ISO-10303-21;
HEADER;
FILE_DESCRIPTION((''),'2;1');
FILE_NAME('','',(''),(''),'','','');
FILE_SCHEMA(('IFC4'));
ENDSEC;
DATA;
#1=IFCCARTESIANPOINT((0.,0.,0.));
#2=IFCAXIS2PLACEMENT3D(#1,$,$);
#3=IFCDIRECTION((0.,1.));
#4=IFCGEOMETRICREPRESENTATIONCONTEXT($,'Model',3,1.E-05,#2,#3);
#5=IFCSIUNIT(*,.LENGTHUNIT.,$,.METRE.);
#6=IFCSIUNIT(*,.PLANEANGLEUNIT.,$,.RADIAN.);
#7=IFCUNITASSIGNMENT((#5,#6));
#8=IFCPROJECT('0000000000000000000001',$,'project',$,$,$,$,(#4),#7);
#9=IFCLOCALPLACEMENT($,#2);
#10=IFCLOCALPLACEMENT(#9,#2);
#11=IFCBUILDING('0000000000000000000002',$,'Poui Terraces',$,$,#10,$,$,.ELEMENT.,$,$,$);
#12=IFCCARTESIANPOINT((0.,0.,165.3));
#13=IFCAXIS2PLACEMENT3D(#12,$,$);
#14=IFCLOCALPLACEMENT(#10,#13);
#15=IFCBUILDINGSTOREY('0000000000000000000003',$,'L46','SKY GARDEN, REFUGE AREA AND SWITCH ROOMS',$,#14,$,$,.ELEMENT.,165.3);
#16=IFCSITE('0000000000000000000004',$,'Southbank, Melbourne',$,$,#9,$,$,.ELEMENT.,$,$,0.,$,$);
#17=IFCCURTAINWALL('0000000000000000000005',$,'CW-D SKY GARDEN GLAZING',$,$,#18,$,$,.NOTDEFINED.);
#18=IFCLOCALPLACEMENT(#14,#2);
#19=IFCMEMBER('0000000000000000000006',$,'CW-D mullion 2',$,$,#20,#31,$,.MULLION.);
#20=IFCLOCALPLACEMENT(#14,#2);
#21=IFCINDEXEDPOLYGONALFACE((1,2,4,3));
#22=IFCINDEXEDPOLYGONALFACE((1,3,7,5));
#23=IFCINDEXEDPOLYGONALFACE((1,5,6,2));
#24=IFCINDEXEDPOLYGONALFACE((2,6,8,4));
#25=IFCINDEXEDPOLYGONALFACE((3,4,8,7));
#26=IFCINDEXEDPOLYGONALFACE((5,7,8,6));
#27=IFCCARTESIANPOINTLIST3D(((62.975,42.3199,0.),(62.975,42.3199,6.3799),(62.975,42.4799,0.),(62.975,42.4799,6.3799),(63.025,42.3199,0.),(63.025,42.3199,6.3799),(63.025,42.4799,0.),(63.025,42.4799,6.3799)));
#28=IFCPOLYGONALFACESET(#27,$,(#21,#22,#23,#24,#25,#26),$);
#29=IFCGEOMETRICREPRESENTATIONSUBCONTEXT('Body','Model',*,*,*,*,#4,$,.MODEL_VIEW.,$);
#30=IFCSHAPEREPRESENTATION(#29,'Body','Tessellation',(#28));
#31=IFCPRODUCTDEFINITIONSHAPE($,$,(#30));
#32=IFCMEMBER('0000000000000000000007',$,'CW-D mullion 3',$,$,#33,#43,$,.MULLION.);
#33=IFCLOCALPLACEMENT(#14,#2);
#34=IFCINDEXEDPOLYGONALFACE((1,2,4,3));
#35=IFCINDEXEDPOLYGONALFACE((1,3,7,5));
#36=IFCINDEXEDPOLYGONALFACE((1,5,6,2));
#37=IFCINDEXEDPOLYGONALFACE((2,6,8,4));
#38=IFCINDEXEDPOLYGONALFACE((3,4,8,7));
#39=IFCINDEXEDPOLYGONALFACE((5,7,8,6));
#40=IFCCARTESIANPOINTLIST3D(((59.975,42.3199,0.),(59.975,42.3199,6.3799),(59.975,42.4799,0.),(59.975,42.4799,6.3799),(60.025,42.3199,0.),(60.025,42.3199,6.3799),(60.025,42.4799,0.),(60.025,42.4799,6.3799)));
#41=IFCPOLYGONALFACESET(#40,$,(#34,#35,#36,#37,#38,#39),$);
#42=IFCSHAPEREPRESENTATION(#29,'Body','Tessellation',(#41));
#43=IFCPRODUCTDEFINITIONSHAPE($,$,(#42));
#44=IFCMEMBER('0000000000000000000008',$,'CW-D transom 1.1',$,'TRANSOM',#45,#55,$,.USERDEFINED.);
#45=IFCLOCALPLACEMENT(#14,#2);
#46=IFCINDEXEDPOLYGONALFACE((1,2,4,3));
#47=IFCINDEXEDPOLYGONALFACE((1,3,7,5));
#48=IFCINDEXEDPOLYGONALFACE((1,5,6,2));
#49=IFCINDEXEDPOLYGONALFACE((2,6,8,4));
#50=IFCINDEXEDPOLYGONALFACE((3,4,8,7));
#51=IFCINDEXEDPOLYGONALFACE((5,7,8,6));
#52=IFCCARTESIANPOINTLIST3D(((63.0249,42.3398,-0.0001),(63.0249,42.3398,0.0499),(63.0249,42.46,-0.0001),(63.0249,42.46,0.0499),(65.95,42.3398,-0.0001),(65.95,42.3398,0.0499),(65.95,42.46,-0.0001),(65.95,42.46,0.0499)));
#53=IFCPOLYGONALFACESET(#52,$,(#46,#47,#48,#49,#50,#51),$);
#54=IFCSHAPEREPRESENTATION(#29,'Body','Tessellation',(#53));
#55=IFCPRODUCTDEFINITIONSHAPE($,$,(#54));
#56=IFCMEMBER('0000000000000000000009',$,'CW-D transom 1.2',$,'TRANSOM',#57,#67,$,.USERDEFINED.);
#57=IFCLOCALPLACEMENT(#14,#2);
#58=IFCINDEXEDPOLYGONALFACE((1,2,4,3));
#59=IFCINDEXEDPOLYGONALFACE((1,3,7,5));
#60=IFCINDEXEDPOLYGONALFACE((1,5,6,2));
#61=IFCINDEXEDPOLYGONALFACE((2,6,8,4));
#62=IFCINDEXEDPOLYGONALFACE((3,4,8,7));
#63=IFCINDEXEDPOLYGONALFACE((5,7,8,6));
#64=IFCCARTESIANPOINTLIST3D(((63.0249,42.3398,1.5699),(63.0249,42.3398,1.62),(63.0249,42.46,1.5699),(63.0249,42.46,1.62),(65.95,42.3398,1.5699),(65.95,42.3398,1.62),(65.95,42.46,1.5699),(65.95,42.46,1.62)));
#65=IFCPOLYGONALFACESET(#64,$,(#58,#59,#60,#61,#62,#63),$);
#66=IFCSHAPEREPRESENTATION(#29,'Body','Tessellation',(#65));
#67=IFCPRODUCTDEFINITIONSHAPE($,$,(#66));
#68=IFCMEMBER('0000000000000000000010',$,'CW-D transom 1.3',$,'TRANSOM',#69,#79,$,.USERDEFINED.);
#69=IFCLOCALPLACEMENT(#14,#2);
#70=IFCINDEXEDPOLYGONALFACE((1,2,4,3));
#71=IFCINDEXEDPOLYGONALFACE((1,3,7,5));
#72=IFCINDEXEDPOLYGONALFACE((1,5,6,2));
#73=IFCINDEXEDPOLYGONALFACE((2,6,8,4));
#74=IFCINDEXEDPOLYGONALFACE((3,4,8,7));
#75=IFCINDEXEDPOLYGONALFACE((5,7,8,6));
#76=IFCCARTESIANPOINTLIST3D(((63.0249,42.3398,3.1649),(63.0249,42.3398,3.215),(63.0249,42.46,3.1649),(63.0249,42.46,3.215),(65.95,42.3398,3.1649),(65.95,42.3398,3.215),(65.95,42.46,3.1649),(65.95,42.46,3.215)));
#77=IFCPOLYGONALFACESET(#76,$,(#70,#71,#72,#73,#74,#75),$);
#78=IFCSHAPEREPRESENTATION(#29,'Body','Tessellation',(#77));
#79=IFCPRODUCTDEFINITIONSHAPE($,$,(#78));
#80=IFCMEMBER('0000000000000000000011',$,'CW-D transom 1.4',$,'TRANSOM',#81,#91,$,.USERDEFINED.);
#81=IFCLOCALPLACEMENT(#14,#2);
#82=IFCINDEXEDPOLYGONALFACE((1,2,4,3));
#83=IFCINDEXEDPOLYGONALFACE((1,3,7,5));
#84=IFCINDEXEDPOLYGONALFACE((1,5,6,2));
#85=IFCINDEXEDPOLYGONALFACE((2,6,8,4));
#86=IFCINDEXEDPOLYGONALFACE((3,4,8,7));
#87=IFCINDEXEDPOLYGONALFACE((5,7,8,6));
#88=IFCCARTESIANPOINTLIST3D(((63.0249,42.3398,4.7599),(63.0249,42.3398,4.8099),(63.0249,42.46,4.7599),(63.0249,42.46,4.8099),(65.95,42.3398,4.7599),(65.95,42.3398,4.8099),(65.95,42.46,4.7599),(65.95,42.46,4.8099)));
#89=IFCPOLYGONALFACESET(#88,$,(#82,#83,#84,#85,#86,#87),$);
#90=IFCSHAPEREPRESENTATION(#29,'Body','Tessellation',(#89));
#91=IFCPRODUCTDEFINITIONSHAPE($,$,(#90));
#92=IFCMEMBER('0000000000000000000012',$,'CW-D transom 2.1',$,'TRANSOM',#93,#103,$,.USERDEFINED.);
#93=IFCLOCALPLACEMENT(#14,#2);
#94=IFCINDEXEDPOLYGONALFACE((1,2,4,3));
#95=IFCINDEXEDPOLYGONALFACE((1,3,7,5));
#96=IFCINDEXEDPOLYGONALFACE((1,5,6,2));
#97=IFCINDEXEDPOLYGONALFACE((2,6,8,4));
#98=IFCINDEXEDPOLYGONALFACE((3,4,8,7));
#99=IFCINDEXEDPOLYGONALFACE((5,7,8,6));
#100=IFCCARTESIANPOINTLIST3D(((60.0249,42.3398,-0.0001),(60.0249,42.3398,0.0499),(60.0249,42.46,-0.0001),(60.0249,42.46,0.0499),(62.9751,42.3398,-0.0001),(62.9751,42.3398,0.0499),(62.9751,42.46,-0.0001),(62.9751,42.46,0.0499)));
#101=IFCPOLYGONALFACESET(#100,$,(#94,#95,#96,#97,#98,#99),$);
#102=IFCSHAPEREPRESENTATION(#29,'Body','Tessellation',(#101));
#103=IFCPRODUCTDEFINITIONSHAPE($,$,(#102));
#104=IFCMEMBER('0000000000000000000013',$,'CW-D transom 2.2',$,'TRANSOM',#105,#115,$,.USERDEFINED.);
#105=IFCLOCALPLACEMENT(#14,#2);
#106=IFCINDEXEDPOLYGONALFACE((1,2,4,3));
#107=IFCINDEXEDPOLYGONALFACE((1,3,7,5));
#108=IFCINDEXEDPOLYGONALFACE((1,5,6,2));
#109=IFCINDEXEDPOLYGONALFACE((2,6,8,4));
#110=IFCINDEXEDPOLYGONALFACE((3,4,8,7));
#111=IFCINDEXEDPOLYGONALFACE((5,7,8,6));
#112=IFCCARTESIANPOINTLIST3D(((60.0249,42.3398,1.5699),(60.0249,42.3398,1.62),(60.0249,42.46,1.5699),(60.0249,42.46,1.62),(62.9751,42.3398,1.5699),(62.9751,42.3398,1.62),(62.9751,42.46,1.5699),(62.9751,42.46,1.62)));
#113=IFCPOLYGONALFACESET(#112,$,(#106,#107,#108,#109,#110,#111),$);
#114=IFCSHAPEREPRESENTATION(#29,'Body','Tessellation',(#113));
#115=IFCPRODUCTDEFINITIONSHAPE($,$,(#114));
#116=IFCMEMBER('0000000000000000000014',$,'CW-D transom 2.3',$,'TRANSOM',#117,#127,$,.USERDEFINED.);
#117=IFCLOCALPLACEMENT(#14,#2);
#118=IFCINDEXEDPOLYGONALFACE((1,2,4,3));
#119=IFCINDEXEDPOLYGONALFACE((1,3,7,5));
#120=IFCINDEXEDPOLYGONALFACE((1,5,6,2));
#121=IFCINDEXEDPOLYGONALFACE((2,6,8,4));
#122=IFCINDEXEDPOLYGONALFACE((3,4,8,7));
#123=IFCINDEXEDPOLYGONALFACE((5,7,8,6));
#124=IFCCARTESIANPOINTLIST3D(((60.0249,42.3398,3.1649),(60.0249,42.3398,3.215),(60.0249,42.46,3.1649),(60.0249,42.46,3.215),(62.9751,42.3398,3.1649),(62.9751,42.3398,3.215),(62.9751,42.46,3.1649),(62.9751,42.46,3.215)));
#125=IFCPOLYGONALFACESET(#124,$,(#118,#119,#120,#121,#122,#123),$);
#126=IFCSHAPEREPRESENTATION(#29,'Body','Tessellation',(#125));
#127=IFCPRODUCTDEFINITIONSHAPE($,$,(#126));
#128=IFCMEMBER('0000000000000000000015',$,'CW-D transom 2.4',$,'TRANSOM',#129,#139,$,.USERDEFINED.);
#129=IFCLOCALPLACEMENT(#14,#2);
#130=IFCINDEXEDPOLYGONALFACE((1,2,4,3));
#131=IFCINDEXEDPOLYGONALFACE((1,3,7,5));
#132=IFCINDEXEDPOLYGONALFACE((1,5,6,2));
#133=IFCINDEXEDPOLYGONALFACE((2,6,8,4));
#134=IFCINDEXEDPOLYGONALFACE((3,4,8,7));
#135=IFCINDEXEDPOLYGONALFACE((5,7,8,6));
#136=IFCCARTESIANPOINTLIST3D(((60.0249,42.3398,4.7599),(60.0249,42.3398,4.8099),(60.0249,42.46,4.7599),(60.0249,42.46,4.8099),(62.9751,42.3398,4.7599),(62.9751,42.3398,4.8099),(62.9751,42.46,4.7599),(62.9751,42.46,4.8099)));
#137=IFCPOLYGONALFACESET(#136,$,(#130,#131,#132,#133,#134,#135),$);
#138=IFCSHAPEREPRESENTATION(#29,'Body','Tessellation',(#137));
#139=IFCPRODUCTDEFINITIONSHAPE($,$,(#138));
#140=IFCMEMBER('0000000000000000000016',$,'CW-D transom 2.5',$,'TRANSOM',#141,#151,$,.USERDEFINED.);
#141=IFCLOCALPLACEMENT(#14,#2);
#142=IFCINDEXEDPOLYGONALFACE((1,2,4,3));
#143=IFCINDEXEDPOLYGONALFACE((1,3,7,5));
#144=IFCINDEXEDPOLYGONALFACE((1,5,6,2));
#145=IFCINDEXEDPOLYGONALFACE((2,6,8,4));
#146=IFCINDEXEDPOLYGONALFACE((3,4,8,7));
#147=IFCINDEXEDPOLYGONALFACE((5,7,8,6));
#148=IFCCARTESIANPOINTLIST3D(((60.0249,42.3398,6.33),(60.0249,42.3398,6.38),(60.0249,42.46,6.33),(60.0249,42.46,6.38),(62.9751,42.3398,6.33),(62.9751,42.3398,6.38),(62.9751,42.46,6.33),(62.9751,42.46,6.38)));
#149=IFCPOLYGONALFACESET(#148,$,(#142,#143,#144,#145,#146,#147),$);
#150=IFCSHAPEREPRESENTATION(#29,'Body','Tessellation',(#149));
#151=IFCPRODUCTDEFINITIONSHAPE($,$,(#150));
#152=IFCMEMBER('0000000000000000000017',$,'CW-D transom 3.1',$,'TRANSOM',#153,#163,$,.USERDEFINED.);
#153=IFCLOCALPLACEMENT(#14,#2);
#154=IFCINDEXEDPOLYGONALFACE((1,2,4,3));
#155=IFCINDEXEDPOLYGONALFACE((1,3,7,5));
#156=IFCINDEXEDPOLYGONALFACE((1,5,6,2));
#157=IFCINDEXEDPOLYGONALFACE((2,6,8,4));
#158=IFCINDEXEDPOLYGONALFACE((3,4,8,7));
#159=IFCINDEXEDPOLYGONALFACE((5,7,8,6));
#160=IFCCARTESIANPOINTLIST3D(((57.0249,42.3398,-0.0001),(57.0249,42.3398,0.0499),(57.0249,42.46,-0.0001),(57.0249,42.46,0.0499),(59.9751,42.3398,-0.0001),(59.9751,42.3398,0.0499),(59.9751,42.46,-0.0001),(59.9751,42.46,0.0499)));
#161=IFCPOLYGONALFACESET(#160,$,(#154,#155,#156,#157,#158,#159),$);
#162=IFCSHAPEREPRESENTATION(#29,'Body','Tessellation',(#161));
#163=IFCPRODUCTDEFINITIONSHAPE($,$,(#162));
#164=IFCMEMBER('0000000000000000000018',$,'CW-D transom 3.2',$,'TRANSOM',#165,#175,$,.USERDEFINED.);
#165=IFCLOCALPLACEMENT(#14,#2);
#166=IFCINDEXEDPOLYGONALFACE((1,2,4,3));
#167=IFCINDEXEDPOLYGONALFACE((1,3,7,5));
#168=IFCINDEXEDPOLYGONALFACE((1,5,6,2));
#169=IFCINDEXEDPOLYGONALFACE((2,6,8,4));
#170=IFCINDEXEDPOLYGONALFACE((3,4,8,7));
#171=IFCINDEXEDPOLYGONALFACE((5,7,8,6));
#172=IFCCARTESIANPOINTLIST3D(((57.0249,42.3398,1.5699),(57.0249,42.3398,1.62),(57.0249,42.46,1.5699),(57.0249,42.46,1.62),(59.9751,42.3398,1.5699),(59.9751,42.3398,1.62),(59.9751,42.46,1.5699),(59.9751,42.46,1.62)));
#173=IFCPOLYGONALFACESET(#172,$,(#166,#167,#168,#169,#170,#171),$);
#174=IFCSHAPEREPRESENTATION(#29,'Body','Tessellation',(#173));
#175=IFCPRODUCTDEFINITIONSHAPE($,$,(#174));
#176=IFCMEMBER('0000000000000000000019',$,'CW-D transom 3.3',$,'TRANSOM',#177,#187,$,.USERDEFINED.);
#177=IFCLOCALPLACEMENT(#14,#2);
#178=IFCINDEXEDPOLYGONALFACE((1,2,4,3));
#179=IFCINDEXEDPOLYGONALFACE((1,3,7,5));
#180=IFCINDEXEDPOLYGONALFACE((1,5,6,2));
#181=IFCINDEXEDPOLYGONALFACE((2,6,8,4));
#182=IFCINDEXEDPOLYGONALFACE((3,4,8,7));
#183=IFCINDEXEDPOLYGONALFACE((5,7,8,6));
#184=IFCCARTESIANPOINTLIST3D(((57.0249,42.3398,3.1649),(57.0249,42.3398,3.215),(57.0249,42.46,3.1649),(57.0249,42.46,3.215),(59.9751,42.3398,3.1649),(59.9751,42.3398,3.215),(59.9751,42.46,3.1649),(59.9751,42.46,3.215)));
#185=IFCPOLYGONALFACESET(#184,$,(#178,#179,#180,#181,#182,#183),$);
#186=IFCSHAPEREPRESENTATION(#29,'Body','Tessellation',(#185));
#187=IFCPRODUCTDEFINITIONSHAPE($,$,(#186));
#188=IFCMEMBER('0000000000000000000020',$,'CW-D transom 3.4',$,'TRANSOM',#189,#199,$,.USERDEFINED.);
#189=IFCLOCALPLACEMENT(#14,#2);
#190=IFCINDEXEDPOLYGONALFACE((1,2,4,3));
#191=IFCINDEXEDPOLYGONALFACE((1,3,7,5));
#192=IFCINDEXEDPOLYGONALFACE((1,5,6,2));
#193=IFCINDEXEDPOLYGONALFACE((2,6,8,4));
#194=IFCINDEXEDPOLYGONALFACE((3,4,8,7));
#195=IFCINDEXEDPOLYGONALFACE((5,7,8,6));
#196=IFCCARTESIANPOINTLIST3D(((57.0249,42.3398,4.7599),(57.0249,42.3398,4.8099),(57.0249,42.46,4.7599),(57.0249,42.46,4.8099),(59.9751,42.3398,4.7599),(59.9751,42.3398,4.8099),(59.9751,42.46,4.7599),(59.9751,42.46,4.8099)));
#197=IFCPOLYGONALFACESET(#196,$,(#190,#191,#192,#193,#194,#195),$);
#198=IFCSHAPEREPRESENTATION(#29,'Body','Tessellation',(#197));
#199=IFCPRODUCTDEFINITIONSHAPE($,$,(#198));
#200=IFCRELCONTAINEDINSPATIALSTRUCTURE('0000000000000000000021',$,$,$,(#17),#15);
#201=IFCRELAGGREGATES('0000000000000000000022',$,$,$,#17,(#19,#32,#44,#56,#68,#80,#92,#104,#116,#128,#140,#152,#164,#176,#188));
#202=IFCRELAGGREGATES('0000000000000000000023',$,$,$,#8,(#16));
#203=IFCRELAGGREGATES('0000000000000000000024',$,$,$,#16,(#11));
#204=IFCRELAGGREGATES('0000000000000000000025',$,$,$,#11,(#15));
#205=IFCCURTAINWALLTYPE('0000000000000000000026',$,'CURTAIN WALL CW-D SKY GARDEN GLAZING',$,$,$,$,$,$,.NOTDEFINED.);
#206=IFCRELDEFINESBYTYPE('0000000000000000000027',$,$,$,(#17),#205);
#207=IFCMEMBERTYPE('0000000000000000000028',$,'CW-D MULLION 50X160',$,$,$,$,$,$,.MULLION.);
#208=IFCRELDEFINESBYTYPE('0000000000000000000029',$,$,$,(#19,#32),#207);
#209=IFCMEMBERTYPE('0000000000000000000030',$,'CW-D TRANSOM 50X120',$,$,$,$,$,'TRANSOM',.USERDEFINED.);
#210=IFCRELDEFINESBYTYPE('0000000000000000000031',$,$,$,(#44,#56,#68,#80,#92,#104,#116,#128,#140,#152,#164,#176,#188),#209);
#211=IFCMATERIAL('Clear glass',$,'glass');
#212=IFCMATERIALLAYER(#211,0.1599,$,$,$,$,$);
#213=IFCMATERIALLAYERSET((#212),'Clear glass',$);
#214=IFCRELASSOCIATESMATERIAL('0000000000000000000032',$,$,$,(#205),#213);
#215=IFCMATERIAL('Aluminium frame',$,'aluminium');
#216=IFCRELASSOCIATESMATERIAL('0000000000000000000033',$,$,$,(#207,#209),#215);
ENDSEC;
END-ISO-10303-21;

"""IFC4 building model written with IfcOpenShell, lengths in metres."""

from ifc_helpers import new_model, si_unit, direction, frame, origin, origin_2d, place, context, subcontext, project, spatial, rectangle, extrude, material, layer, layer_set, material_profile, profile_set, type_object, element, aggregate, save


model = new_model("IFC4")

# Units and contexts
model_context = context("Model", 3, precision=1e-05, world=origin(), true_north=direction((0.0, 1.0)))
body_context = subcontext(model_context, "Body", "Model", "MODEL_VIEW")
ifc_project = project(units=[si_unit("LENGTHUNIT", "METRE"), si_unit("PLANEANGLEUNIT", "RADIAN")], contexts=[model_context])

# Site, building, storey
site_placement = place(None, origin())
site = spatial("IfcSite", under=ifc_project, at=site_placement, Name="Southbank, Melbourne", CompositionType="ELEMENT", RefElevation=0.0)
building_placement = place(site_placement, origin())
building = spatial("IfcBuilding", under=site, at=building_placement, Name="Poui Terraces", CompositionType="ELEMENT")
storey_placement = place(building_placement, frame((0.0, 0.0, 165.3)))
storey = spatial("IfcBuildingStorey", under=building, at=storey_placement, Name="L46", Description="SKY GARDEN, REFUGE AREA AND SWITCH ROOMS", CompositionType="ELEMENT", Elevation=165.3)

# Curtain wall, members
ifc_material_1 = material(Name="Clear glass", Category="glass")
ifc_layer_1 = layer(ifc_material_1, 0.1599)
ifc_layer_set_1 = layer_set([ifc_layer_1], Name="Clear glass")
curtain_wall_type = type_object("IfcCurtainWallType", Name="CURTAIN WALL CW-D SKY GARDEN GLAZING", PredefinedType="NOTDEFINED", material=ifc_layer_set_1)
curtain_wall_placement = place(storey_placement, origin())
curtain_wall = element("IfcCurtainWall", 1, at=curtain_wall_placement, inside=storey, type_object=curtain_wall_type, Name="CW-D SKY GARDEN GLAZING", PredefinedType="NOTDEFINED")
ifc_material_2 = material(Name="Aluminium frame", Category="aluminium")
ifc_material_profile_1 = material_profile(ifc_material_2, rectangle(XDim=0.1599, YDim=0.05, at=origin_2d()), Name="CW-D MULLION 50X160")
ifc_profile_set_1 = profile_set([ifc_material_profile_1], Name="Aluminium frame")
member_type_1 = type_object("IfcMemberType", Name="CW-D MULLION 50X160", PredefinedType="MULLION", material=ifc_profile_set_1)
member_1_placement = place(storey_placement, frame((63.0, 42.3999, 0.0), z_axis=(0.0, 0.0, 1.0), x_axis=(0.0, -1.0, 0.0)))
member_1 = element("IfcMember", 2, at=member_1_placement, type_object=member_type_1, Name="CW-D mullion 2", PredefinedType="MULLION", context=body_context, shape_type="SweptSolid", body=[
    extrude(rectangle(XDim=0.1599, YDim=0.05, at=origin_2d()), origin(), (0.0, 0.0, 1.0), 6.3799),
])
member_2_placement = place(storey_placement, frame((60.0, 42.3999, 0.0), z_axis=(0.0, 0.0, 1.0), x_axis=(0.0, -1.0, 0.0)))
member_2 = element("IfcMember", 3, at=member_2_placement, type_object=member_type_1, Name="CW-D mullion 3", PredefinedType="MULLION", context=body_context, shape_type="SweptSolid", body=[
    extrude(rectangle(XDim=0.1599, YDim=0.05, at=origin_2d()), origin(), (0.0, 0.0, 1.0), 6.3799),
])
ifc_material_profile_2 = material_profile(ifc_material_2, rectangle(XDim=0.1201, YDim=0.05, at=origin_2d()), Name="CW-D TRANSOM 50X120")
ifc_profile_set_2 = profile_set([ifc_material_profile_2], Name="Aluminium frame")
member_type_2 = type_object("IfcMemberType", Name="CW-D TRANSOM 50X120", ElementType="TRANSOM", PredefinedType="USERDEFINED", material=ifc_profile_set_2)
member_3_placement = place(storey_placement, frame((65.95, 42.3999, 0.0249), z_axis=(-1.0, 0.0, 0.0), x_axis=(0.0, -1.0, 0.0)))
member_3 = element("IfcMember", 4, at=member_3_placement, type_object=member_type_2, Name="CW-D transom 1.1", ObjectType="TRANSOM", PredefinedType="USERDEFINED", context=body_context, shape_type="SweptSolid", body=[
    extrude(rectangle(XDim=0.1201, YDim=0.05, at=origin_2d()), origin(), (0.0, 0.0, 1.0), 2.925),
])
member_4_placement = place(storey_placement, frame((65.95, 42.3999, 1.595), z_axis=(-1.0, 0.0, 0.0), x_axis=(0.0, -1.0, 0.0)))
member_4 = element("IfcMember", 5, at=member_4_placement, type_object=member_type_2, Name="CW-D transom 1.2", ObjectType="TRANSOM", PredefinedType="USERDEFINED", context=body_context, shape_type="SweptSolid", body=[
    extrude(rectangle(XDim=0.1201, YDim=0.05, at=origin_2d()), origin(), (0.0, 0.0, 1.0), 2.925),
])
member_5_placement = place(storey_placement, frame((65.95, 42.3999, 3.1899), z_axis=(-1.0, 0.0, 0.0), x_axis=(0.0, -1.0, 0.0)))
member_5 = element("IfcMember", 6, at=member_5_placement, type_object=member_type_2, Name="CW-D transom 1.3", ObjectType="TRANSOM", PredefinedType="USERDEFINED", context=body_context, shape_type="SweptSolid", body=[
    extrude(rectangle(XDim=0.1201, YDim=0.05, at=origin_2d()), origin(), (0.0, 0.0, 1.0), 2.925),
])
member_6_placement = place(storey_placement, frame((65.95, 42.3999, 4.7849), z_axis=(-1.0, 0.0, 0.0), x_axis=(0.0, -1.0, 0.0)))
member_6 = element("IfcMember", 7, at=member_6_placement, type_object=member_type_2, Name="CW-D transom 1.4", ObjectType="TRANSOM", PredefinedType="USERDEFINED", context=body_context, shape_type="SweptSolid", body=[
    extrude(rectangle(XDim=0.1201, YDim=0.05, at=origin_2d()), origin(), (0.0, 0.0, 1.0), 2.925),
])
member_7_placement = place(storey_placement, frame((62.9751, 42.3999, 0.0249), z_axis=(-1.0, 0.0, 0.0), x_axis=(0.0, -1.0, 0.0)))
member_7 = element("IfcMember", 8, at=member_7_placement, type_object=member_type_2, Name="CW-D transom 2.1", ObjectType="TRANSOM", PredefinedType="USERDEFINED", context=body_context, shape_type="SweptSolid", body=[
    extrude(rectangle(XDim=0.1201, YDim=0.05, at=origin_2d()), origin(), (0.0, 0.0, 1.0), 2.9502),
])
member_8_placement = place(storey_placement, frame((62.9751, 42.3999, 1.595), z_axis=(-1.0, 0.0, 0.0), x_axis=(0.0, -1.0, 0.0)))
member_8 = element("IfcMember", 9, at=member_8_placement, type_object=member_type_2, Name="CW-D transom 2.2", ObjectType="TRANSOM", PredefinedType="USERDEFINED", context=body_context, shape_type="SweptSolid", body=[
    extrude(rectangle(XDim=0.1201, YDim=0.05, at=origin_2d()), origin(), (0.0, 0.0, 1.0), 2.9502),
])
member_9_placement = place(storey_placement, frame((62.9751, 42.3999, 3.1899), z_axis=(-1.0, 0.0, 0.0), x_axis=(0.0, -1.0, 0.0)))
member_9 = element("IfcMember", 10, at=member_9_placement, type_object=member_type_2, Name="CW-D transom 2.3", ObjectType="TRANSOM", PredefinedType="USERDEFINED", context=body_context, shape_type="SweptSolid", body=[
    extrude(rectangle(XDim=0.1201, YDim=0.05, at=origin_2d()), origin(), (0.0, 0.0, 1.0), 2.9502),
])
member_10_placement = place(storey_placement, frame((62.9751, 42.3999, 4.7849), z_axis=(-1.0, 0.0, 0.0), x_axis=(0.0, -1.0, 0.0)))
member_10 = element("IfcMember", 11, at=member_10_placement, type_object=member_type_2, Name="CW-D transom 2.4", ObjectType="TRANSOM", PredefinedType="USERDEFINED", context=body_context, shape_type="SweptSolid", body=[
    extrude(rectangle(XDim=0.1201, YDim=0.05, at=origin_2d()), origin(), (0.0, 0.0, 1.0), 2.9502),
])
member_11_placement = place(storey_placement, frame((62.9751, 42.3999, 6.355), z_axis=(-1.0, 0.0, 0.0), x_axis=(0.0, -1.0, 0.0)))
member_11 = element("IfcMember", 12, at=member_11_placement, type_object=member_type_2, Name="CW-D transom 2.5", ObjectType="TRANSOM", PredefinedType="USERDEFINED", context=body_context, shape_type="SweptSolid", body=[
    extrude(rectangle(XDim=0.1201, YDim=0.05, at=origin_2d()), origin(), (0.0, 0.0, 1.0), 2.9502),
])
member_12_placement = place(storey_placement, frame((59.9751, 42.3999, 0.0249), z_axis=(-1.0, 0.0, 0.0), x_axis=(0.0, -1.0, 0.0)))
member_12 = element("IfcMember", 13, at=member_12_placement, type_object=member_type_2, Name="CW-D transom 3.1", ObjectType="TRANSOM", PredefinedType="USERDEFINED", context=body_context, shape_type="SweptSolid", body=[
    extrude(rectangle(XDim=0.1201, YDim=0.05, at=origin_2d()), origin(), (0.0, 0.0, 1.0), 2.9502),
])
member_13_placement = place(storey_placement, frame((59.9751, 42.3999, 1.595), z_axis=(-1.0, 0.0, 0.0), x_axis=(0.0, -1.0, 0.0)))
member_13 = element("IfcMember", 14, at=member_13_placement, type_object=member_type_2, Name="CW-D transom 3.2", ObjectType="TRANSOM", PredefinedType="USERDEFINED", context=body_context, shape_type="SweptSolid", body=[
    extrude(rectangle(XDim=0.1201, YDim=0.05, at=origin_2d()), origin(), (0.0, 0.0, 1.0), 2.9502),
])
member_14_placement = place(storey_placement, frame((59.9751, 42.3999, 3.1899), z_axis=(-1.0, 0.0, 0.0), x_axis=(0.0, -1.0, 0.0)))
member_14 = element("IfcMember", 15, at=member_14_placement, type_object=member_type_2, Name="CW-D transom 3.3", ObjectType="TRANSOM", PredefinedType="USERDEFINED", context=body_context, shape_type="SweptSolid", body=[
    extrude(rectangle(XDim=0.1201, YDim=0.05, at=origin_2d()), origin(), (0.0, 0.0, 1.0), 2.9502),
])
member_15_placement = place(storey_placement, frame((59.9751, 42.3999, 4.7849), z_axis=(-1.0, 0.0, 0.0), x_axis=(0.0, -1.0, 0.0)))
member_15 = element("IfcMember", 16, at=member_15_placement, type_object=member_type_2, Name="CW-D transom 3.4", ObjectType="TRANSOM", PredefinedType="USERDEFINED", context=body_context, shape_type="SweptSolid", body=[
    extrude(rectangle(XDim=0.1201, YDim=0.05, at=origin_2d()), origin(), (0.0, 0.0, 1.0), 2.9502),
])
aggregate(curtain_wall, [member_1, member_2, member_3, member_4, member_5, member_6, member_7, member_8, member_9, member_10, member_11, member_12, member_13, member_14, member_15])

save(model, "model.ifc")
